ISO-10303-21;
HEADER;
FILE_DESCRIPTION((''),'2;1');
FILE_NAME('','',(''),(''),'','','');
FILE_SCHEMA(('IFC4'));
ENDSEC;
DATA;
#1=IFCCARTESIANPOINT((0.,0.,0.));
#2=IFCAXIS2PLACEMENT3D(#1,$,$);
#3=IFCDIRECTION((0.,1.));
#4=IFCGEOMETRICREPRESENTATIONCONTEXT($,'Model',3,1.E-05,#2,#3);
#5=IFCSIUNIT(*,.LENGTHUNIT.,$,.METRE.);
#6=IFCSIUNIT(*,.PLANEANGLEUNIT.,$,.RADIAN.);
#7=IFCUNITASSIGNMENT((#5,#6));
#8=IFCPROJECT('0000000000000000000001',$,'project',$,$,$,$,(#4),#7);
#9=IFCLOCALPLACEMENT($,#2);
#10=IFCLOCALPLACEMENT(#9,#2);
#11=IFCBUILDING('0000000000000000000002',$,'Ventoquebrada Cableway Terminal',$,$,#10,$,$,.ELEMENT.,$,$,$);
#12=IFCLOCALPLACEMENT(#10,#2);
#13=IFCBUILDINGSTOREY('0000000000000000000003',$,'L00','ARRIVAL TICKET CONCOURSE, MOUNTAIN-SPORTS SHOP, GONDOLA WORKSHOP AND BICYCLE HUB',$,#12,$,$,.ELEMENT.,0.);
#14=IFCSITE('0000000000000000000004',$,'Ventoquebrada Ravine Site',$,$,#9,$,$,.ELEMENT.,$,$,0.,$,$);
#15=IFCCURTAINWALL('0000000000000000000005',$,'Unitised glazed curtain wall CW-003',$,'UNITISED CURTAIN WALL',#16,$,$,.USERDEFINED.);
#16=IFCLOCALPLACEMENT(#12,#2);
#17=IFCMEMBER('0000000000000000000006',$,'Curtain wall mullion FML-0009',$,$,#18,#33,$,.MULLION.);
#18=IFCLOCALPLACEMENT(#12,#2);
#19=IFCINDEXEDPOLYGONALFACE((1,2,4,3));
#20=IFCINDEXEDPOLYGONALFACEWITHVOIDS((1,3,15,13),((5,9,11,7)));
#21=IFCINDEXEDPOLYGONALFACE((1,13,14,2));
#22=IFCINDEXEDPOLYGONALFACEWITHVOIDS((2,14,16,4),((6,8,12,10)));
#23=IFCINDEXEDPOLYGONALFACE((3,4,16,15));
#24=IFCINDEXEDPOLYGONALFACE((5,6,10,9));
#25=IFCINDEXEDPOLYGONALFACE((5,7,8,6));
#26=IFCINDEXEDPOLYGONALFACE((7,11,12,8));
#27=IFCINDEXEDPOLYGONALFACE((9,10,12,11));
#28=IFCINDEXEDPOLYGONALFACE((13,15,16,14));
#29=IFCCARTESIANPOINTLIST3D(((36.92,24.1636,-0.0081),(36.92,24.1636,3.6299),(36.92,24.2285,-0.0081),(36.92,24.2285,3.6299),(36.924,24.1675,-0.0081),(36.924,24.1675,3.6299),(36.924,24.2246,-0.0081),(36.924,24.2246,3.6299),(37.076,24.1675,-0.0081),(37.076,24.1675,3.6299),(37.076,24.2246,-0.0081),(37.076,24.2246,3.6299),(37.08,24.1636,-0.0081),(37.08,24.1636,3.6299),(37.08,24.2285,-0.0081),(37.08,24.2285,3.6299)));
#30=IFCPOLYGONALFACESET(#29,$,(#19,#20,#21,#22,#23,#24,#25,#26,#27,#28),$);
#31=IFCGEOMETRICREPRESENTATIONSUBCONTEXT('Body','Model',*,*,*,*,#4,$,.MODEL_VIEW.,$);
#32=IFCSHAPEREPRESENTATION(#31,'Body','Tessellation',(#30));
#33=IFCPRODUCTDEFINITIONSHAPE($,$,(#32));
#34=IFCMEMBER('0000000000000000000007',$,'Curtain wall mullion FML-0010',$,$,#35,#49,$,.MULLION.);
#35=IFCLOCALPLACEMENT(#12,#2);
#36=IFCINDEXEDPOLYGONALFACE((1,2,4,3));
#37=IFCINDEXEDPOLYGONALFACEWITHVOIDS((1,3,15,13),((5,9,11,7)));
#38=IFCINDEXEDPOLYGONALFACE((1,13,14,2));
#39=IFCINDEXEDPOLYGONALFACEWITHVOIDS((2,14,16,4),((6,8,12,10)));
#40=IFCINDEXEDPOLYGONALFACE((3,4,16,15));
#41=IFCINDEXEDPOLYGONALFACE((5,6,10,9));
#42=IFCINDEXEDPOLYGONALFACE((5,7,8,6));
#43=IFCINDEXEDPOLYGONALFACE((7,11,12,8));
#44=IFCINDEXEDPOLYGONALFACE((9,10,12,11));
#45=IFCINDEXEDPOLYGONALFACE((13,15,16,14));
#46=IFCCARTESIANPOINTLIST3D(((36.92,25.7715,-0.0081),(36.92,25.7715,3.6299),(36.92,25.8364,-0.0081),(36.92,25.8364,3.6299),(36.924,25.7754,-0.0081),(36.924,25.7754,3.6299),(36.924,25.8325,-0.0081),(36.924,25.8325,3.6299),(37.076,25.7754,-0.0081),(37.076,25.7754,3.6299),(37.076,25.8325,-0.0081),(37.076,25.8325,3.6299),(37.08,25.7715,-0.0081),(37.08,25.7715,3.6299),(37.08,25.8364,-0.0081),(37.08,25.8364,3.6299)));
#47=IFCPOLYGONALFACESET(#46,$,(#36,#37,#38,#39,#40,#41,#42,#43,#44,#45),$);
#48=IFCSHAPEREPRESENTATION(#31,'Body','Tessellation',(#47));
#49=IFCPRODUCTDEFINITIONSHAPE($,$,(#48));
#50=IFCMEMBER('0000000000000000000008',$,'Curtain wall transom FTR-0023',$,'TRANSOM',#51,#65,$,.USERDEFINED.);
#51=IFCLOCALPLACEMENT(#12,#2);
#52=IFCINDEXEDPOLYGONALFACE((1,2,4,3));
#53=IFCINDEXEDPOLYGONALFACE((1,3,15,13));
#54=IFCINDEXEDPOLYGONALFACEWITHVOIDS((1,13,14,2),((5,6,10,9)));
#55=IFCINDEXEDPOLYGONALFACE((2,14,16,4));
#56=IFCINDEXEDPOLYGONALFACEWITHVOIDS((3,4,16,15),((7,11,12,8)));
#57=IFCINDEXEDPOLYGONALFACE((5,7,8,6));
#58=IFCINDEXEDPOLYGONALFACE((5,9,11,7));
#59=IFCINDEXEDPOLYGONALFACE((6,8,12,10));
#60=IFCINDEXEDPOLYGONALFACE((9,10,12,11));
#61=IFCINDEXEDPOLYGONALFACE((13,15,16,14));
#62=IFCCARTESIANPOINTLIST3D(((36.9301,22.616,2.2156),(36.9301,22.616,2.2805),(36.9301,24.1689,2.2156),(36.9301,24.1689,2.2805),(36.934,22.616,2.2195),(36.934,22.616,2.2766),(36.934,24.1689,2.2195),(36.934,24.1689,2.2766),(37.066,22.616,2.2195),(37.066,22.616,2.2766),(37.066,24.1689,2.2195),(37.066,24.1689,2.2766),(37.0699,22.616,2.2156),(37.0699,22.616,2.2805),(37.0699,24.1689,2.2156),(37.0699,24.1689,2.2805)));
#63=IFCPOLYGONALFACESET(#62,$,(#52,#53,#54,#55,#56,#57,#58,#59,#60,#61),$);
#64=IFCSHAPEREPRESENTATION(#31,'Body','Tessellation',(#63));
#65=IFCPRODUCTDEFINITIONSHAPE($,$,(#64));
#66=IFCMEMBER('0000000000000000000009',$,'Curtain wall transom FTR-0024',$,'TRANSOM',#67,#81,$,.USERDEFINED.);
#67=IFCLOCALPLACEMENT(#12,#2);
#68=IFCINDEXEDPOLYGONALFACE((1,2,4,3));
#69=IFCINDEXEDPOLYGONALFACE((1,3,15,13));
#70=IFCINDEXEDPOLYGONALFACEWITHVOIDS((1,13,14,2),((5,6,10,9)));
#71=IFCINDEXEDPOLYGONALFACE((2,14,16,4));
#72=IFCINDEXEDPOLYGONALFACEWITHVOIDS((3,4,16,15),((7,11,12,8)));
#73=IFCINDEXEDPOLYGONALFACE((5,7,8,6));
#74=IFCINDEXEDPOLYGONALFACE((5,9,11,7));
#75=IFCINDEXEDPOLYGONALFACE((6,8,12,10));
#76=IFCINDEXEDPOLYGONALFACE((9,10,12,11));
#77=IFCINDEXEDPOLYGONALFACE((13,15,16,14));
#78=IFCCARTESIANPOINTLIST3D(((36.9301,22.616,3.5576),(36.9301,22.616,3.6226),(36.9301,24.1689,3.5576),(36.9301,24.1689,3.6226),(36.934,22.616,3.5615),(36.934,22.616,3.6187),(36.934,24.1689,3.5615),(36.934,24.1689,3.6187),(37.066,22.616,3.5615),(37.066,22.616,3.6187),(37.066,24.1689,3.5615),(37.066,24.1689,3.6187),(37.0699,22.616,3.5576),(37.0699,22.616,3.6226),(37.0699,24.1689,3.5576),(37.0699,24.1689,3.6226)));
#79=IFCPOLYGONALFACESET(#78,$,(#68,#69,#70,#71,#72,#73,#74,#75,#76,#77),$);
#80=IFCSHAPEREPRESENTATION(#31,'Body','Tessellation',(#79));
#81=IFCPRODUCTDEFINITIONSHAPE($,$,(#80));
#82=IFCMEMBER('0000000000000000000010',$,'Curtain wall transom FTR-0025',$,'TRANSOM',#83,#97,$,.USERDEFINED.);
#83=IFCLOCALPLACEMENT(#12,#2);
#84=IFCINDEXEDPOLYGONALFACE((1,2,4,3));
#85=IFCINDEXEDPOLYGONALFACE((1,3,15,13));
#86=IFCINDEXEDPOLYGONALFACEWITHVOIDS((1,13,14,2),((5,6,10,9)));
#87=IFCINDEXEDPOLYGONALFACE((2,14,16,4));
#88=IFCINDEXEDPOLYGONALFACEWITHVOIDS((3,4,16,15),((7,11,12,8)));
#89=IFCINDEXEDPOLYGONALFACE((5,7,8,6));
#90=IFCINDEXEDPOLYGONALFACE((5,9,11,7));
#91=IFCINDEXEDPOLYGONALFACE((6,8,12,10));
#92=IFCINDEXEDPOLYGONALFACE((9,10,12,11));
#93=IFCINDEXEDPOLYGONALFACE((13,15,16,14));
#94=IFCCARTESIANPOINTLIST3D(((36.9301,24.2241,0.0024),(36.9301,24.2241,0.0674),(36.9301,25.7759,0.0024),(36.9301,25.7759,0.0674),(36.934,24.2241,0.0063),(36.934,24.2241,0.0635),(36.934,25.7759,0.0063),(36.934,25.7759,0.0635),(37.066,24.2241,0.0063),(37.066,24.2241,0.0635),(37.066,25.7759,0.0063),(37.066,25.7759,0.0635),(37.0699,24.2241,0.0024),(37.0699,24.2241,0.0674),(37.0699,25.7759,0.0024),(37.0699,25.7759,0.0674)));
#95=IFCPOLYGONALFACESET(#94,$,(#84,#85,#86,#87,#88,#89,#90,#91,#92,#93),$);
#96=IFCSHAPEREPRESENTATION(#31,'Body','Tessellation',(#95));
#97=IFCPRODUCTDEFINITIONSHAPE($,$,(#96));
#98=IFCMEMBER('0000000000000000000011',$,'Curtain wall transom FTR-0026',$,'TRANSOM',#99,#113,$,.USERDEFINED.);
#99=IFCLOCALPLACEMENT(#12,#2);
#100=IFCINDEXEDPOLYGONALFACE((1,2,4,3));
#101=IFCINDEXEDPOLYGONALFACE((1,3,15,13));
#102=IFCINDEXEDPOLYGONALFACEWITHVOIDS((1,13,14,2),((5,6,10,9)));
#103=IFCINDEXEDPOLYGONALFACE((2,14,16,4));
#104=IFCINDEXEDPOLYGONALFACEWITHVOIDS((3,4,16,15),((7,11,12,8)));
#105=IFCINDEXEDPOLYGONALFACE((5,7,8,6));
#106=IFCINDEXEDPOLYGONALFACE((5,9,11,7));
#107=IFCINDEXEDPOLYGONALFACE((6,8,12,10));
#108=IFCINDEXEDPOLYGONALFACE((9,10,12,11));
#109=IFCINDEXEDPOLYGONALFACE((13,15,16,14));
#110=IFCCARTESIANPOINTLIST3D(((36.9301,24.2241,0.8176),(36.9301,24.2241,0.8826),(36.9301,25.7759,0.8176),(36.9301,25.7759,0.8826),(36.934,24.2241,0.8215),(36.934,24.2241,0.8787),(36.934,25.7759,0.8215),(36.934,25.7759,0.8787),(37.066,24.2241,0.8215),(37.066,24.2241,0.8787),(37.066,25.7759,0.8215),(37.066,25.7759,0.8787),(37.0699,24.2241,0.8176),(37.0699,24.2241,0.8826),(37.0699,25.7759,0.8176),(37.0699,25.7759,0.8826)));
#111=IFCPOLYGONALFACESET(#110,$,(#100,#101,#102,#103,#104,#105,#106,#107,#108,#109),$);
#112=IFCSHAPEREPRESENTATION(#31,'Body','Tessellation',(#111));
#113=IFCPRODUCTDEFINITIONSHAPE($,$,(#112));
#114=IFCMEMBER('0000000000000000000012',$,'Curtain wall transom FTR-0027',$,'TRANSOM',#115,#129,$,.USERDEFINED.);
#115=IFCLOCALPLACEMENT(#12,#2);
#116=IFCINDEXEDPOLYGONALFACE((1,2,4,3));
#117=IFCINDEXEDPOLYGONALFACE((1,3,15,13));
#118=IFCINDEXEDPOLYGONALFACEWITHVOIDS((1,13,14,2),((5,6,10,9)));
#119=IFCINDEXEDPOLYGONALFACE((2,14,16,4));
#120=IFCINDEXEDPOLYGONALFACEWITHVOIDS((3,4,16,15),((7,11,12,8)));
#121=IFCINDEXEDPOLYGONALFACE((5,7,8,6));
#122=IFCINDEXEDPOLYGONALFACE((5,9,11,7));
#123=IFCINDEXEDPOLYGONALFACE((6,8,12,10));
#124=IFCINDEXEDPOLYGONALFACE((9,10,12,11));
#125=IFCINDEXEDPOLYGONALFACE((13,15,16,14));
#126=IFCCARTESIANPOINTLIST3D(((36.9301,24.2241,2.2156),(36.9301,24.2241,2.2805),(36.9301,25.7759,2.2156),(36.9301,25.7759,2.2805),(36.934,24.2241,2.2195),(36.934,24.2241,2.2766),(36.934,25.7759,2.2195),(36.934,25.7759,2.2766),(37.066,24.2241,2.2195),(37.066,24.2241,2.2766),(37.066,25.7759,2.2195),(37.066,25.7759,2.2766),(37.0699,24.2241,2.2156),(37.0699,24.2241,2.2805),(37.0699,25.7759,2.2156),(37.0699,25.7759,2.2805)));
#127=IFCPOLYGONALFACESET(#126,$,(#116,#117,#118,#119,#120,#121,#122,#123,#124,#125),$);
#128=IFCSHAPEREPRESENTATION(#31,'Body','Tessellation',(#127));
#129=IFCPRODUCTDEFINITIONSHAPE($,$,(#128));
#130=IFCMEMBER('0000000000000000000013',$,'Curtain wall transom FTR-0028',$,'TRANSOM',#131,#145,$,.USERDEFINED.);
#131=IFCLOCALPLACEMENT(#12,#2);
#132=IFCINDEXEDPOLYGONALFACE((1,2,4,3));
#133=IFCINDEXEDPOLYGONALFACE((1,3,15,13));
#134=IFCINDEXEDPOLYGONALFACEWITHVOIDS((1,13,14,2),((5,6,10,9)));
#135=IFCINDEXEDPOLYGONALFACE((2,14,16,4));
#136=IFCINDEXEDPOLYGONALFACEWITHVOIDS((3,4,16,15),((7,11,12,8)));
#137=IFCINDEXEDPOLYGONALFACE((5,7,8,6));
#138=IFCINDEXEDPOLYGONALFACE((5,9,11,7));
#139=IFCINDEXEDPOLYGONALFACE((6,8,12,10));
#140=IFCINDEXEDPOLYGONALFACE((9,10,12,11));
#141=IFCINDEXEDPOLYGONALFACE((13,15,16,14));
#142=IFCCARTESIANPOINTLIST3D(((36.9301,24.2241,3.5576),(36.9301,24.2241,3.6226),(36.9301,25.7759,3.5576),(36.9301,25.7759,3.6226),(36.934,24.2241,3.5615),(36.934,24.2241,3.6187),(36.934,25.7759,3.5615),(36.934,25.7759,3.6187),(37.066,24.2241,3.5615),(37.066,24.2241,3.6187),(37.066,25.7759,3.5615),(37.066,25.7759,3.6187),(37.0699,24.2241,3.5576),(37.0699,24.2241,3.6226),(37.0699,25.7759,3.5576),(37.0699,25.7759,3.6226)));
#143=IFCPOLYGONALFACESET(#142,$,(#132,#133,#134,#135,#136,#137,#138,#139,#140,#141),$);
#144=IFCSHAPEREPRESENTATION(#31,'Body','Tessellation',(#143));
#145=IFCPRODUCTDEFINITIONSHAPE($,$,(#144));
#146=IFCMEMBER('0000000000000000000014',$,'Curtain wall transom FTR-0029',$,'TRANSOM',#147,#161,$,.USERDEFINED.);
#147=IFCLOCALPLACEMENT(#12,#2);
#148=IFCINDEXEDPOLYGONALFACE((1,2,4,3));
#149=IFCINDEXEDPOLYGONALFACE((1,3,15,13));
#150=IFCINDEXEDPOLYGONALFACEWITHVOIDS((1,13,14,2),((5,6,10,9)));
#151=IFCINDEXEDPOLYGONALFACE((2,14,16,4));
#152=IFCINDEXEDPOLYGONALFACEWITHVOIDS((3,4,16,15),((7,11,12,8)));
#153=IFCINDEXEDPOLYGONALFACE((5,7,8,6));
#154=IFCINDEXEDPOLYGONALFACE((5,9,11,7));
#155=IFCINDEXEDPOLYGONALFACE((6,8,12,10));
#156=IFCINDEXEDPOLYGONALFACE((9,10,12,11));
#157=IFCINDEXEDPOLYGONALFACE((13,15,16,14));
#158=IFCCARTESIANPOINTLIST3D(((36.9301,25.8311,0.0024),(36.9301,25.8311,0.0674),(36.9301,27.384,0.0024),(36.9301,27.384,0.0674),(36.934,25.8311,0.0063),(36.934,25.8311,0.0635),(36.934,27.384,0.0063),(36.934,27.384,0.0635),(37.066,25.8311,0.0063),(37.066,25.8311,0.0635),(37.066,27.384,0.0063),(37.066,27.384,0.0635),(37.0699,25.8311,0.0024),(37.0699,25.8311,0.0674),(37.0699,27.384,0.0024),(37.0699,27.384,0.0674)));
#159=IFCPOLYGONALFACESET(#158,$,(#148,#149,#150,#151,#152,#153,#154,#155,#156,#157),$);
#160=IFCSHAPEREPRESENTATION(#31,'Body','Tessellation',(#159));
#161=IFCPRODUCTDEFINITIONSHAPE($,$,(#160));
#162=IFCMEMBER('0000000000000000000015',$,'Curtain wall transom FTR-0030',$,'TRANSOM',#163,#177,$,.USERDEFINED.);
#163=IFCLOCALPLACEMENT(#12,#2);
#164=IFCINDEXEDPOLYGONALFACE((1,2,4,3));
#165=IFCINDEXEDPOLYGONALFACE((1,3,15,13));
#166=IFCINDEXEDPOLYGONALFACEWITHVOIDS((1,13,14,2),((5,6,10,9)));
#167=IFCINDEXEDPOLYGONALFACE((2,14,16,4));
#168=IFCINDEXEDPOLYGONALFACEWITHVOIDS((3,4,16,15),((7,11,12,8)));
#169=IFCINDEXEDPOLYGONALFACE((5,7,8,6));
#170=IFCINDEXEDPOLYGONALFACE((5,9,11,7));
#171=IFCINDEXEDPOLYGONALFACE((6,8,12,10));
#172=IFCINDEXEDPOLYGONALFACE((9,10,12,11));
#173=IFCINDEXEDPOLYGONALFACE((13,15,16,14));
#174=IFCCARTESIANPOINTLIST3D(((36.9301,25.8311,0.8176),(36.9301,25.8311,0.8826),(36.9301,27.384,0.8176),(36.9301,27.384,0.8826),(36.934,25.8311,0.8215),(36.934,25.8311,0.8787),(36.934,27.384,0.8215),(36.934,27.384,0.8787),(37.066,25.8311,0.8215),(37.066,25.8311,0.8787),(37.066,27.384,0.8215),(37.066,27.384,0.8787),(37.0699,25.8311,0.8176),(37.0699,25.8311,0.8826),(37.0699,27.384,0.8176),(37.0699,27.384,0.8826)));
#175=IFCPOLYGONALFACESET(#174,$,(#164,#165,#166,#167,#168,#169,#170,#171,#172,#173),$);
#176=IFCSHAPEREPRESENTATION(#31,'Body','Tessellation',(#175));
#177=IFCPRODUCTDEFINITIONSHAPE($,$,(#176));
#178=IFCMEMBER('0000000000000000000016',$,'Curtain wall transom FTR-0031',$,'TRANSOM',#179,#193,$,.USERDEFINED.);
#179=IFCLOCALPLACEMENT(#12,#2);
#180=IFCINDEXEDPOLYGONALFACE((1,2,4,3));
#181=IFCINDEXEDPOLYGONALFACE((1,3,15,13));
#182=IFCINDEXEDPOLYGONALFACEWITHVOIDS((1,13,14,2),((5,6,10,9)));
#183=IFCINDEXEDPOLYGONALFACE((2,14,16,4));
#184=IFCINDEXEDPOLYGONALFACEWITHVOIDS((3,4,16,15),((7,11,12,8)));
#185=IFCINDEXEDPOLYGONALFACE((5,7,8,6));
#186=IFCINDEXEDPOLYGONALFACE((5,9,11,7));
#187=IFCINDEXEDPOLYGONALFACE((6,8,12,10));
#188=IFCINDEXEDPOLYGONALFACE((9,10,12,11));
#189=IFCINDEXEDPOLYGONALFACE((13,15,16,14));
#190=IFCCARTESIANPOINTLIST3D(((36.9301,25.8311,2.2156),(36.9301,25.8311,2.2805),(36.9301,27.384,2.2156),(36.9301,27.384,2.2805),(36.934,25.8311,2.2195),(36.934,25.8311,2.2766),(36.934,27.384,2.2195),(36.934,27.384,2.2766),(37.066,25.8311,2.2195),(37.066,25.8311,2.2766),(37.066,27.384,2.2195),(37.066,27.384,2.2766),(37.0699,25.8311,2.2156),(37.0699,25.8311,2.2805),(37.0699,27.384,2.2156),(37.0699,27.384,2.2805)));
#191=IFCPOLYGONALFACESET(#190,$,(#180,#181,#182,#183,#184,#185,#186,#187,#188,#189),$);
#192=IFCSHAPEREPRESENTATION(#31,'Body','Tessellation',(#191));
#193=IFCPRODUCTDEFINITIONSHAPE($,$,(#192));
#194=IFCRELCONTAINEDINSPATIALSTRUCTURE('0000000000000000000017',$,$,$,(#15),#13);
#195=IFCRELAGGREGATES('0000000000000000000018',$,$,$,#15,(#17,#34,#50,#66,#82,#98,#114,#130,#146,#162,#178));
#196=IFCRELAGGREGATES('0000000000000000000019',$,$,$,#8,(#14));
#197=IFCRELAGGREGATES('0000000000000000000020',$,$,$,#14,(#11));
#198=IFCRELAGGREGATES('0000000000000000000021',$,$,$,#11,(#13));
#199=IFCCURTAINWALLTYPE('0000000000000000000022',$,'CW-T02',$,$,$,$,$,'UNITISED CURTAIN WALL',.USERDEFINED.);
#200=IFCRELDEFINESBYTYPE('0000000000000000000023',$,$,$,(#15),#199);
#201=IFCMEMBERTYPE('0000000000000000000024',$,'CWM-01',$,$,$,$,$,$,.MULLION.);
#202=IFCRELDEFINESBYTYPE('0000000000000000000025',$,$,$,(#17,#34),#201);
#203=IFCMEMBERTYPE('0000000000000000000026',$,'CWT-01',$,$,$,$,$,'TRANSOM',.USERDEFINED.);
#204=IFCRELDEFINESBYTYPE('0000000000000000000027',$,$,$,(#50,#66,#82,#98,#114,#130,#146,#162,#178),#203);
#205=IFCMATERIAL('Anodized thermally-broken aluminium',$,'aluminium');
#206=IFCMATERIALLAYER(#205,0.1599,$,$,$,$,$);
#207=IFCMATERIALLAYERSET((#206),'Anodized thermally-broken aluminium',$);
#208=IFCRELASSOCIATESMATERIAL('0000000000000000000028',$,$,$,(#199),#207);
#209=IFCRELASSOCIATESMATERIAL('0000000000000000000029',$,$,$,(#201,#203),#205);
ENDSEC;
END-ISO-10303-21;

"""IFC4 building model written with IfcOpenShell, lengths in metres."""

from ifc_helpers import new_model, si_unit, direction, frame, origin, origin_2d, place, context, subcontext, project, spatial, hollow_rectangle, extrude, material, layer, layer_set, material_profile, profile_set, type_object, element, aggregate, save


model = new_model("IFC4")

# Units and contexts
model_context = context("Model", 3, precision=1e-05, world=origin(), true_north=direction((0.0, 1.0)))
body_context = subcontext(model_context, "Body", "Model", "MODEL_VIEW")
ifc_project = project(units=[si_unit("LENGTHUNIT", "METRE"), si_unit("PLANEANGLEUNIT", "RADIAN")], contexts=[model_context])

# Site, building, storey
site_placement = place(None, origin())
site = spatial("IfcSite", under=ifc_project, at=site_placement, Name="Ventoquebrada Ravine Site", CompositionType="ELEMENT", RefElevation=0.0)
building_placement = place(site_placement, origin())
building = spatial("IfcBuilding", under=site, at=building_placement, Name="Ventoquebrada Cableway Terminal", CompositionType="ELEMENT")
storey_placement = place(building_placement, origin())
storey = spatial("IfcBuildingStorey", under=building, at=storey_placement, Name="L00", Description="ARRIVAL TICKET CONCOURSE, MOUNTAIN-SPORTS SHOP, GONDOLA WORKSHOP AND BICYCLE HUB", CompositionType="ELEMENT", Elevation=0.0)

# Curtain wall, members
ifc_material_1 = material(Name="Anodized thermally-broken aluminium", Category="aluminium")
ifc_layer_1 = layer(ifc_material_1, 0.1599)
ifc_layer_set_1 = layer_set([ifc_layer_1], Name="Anodized thermally-broken aluminium")
curtain_wall_type = type_object("IfcCurtainWallType", Name="CW-T02", ElementType="UNITISED CURTAIN WALL", PredefinedType="USERDEFINED", material=ifc_layer_set_1)
curtain_wall_placement = place(storey_placement, origin())
curtain_wall = element("IfcCurtainWall", 1, at=curtain_wall_placement, inside=storey, type_object=curtain_wall_type, Name="Unitised glazed curtain wall CW-003", ObjectType="UNITISED CURTAIN WALL", PredefinedType="USERDEFINED")
ifc_material_profile_1 = material_profile(ifc_material_1, hollow_rectangle(XDim=0.0649, YDim=0.1599, WallThickness=0.0039, at=origin_2d()), Name="CW-MUL-65X160")
ifc_profile_set_1 = profile_set([ifc_material_profile_1], Name="Anodized thermally-broken aluminium")
member_type_1 = type_object("IfcMemberType", Name="CWM-01", PredefinedType="MULLION", material=ifc_profile_set_1)
member_1_placement = place(storey_placement, frame((37.0, 24.196, -0.0081), z_axis=(0.0, 0.0, 1.0), x_axis=(0.0, 1.0, 0.0)))
member_1 = element("IfcMember", 2, at=member_1_placement, type_object=member_type_1, Name="Curtain wall mullion FML-0009", PredefinedType="MULLION", context=body_context, shape_type="SweptSolid", body=[
    extrude(hollow_rectangle(XDim=0.0649, YDim=0.1599, WallThickness=0.0039, at=origin_2d()), origin(), (0.0, 0.0, 1.0), 3.6379),
])
member_2_placement = place(storey_placement, frame((37.0, 25.804, -0.0081), z_axis=(0.0, 0.0, 1.0), x_axis=(0.0, 1.0, 0.0)))
member_2 = element("IfcMember", 3, at=member_2_placement, type_object=member_type_1, Name="Curtain wall mullion FML-0010", PredefinedType="MULLION", context=body_context, shape_type="SweptSolid", body=[
    extrude(hollow_rectangle(XDim=0.0649, YDim=0.1599, WallThickness=0.0039, at=origin_2d()), origin(), (0.0, 0.0, 1.0), 3.6379),
])
ifc_material_profile_2 = material_profile(ifc_material_1, hollow_rectangle(XDim=0.0649, YDim=0.1399, WallThickness=0.0039, at=origin_2d()), Name="CW-TRN-65X140")
ifc_profile_set_2 = profile_set([ifc_material_profile_2], Name="Anodized thermally-broken aluminium")
member_type_2 = type_object("IfcMemberType", Name="CWT-01", ElementType="TRANSOM", PredefinedType="USERDEFINED", material=ifc_profile_set_2)
member_3_placement = place(storey_placement, frame((37.0, 22.616, 2.248), z_axis=(0.0, 1.0, 0.0), x_axis=(0.0, 0.0, 1.0)))
member_3 = element("IfcMember", 4, at=member_3_placement, type_object=member_type_2, Name="Curtain wall transom FTR-0023", ObjectType="TRANSOM", PredefinedType="USERDEFINED", context=body_context, shape_type="SweptSolid", body=[
    extrude(hollow_rectangle(XDim=0.0649, YDim=0.1399, WallThickness=0.0039, at=origin_2d()), origin(), (0.0, 0.0, 1.0), 1.553),
])
member_4_placement = place(storey_placement, frame((37.0, 22.616, 3.5901), z_axis=(0.0, 1.0, 0.0), x_axis=(0.0, 0.0, 1.0)))
member_4 = element("IfcMember", 5, at=member_4_placement, type_object=member_type_2, Name="Curtain wall transom FTR-0024", ObjectType="TRANSOM", PredefinedType="USERDEFINED", context=body_context, shape_type="SweptSolid", body=[
    extrude(hollow_rectangle(XDim=0.0649, YDim=0.1399, WallThickness=0.0039, at=origin_2d()), origin(), (0.0, 0.0, 1.0), 1.553),
])
member_5_placement = place(storey_placement, frame((37.0, 24.2241, 0.0349), z_axis=(0.0, 1.0, 0.0), x_axis=(0.0, 0.0, 1.0)))
member_5 = element("IfcMember", 6, at=member_5_placement, type_object=member_type_2, Name="Curtain wall transom FTR-0025", ObjectType="TRANSOM", PredefinedType="USERDEFINED", context=body_context, shape_type="SweptSolid", body=[
    extrude(hollow_rectangle(XDim=0.0649, YDim=0.1399, WallThickness=0.0039, at=origin_2d()), origin(), (0.0, 0.0, 1.0), 1.5518),
])
member_6_placement = place(storey_placement, frame((37.0, 24.2241, 0.8501), z_axis=(0.0, 1.0, 0.0), x_axis=(0.0, 0.0, 1.0)))
member_6 = element("IfcMember", 7, at=member_6_placement, type_object=member_type_2, Name="Curtain wall transom FTR-0026", ObjectType="TRANSOM", PredefinedType="USERDEFINED", context=body_context, shape_type="SweptSolid", body=[
    extrude(hollow_rectangle(XDim=0.0649, YDim=0.1399, WallThickness=0.0039, at=origin_2d()), origin(), (0.0, 0.0, 1.0), 1.5518),
])
member_7_placement = place(storey_placement, frame((37.0, 24.2241, 2.248), z_axis=(0.0, 1.0, 0.0), x_axis=(0.0, 0.0, 1.0)))
member_7 = element("IfcMember", 8, at=member_7_placement, type_object=member_type_2, Name="Curtain wall transom FTR-0027", ObjectType="TRANSOM", PredefinedType="USERDEFINED", context=body_context, shape_type="SweptSolid", body=[
    extrude(hollow_rectangle(XDim=0.0649, YDim=0.1399, WallThickness=0.0039, at=origin_2d()), origin(), (0.0, 0.0, 1.0), 1.5518),
])
member_8_placement = place(storey_placement, frame((37.0, 24.2241, 3.5901), z_axis=(0.0, 1.0, 0.0), x_axis=(0.0, 0.0, 1.0)))
member_8 = element("IfcMember", 9, at=member_8_placement, type_object=member_type_2, Name="Curtain wall transom FTR-0028", ObjectType="TRANSOM", PredefinedType="USERDEFINED", context=body_context, shape_type="SweptSolid", body=[
    extrude(hollow_rectangle(XDim=0.0649, YDim=0.1399, WallThickness=0.0039, at=origin_2d()), origin(), (0.0, 0.0, 1.0), 1.5518),
])
member_9_placement = place(storey_placement, frame((37.0, 25.8311, 0.0349), z_axis=(0.0, 1.0, 0.0), x_axis=(0.0, 0.0, 1.0)))
member_9 = element("IfcMember", 10, at=member_9_placement, type_object=member_type_2, Name="Curtain wall transom FTR-0029", ObjectType="TRANSOM", PredefinedType="USERDEFINED", context=body_context, shape_type="SweptSolid", body=[
    extrude(hollow_rectangle(XDim=0.0649, YDim=0.1399, WallThickness=0.0039, at=origin_2d()), origin(), (0.0, 0.0, 1.0), 1.553),
])
member_10_placement = place(storey_placement, frame((37.0, 25.8311, 0.8501), z_axis=(0.0, 1.0, 0.0), x_axis=(0.0, 0.0, 1.0)))
member_10 = element("IfcMember", 11, at=member_10_placement, type_object=member_type_2, Name="Curtain wall transom FTR-0030", ObjectType="TRANSOM", PredefinedType="USERDEFINED", context=body_context, shape_type="SweptSolid", body=[
    extrude(hollow_rectangle(XDim=0.0649, YDim=0.1399, WallThickness=0.0039, at=origin_2d()), origin(), (0.0, 0.0, 1.0), 1.553),
])
member_11_placement = place(storey_placement, frame((37.0, 25.8311, 2.248), z_axis=(0.0, 1.0, 0.0), x_axis=(0.0, 0.0, 1.0)))
member_11 = element("IfcMember", 12, at=member_11_placement, type_object=member_type_2, Name="Curtain wall transom FTR-0031", ObjectType="TRANSOM", PredefinedType="USERDEFINED", context=body_context, shape_type="SweptSolid", body=[
    extrude(hollow_rectangle(XDim=0.0649, YDim=0.1399, WallThickness=0.0039, at=origin_2d()), origin(), (0.0, 0.0, 1.0), 1.553),
])
aggregate(curtain_wall, [member_1, member_2, member_3, member_4, member_5, member_6, member_7, member_8, member_9, member_10, member_11])

save(model, "model.ifc")
